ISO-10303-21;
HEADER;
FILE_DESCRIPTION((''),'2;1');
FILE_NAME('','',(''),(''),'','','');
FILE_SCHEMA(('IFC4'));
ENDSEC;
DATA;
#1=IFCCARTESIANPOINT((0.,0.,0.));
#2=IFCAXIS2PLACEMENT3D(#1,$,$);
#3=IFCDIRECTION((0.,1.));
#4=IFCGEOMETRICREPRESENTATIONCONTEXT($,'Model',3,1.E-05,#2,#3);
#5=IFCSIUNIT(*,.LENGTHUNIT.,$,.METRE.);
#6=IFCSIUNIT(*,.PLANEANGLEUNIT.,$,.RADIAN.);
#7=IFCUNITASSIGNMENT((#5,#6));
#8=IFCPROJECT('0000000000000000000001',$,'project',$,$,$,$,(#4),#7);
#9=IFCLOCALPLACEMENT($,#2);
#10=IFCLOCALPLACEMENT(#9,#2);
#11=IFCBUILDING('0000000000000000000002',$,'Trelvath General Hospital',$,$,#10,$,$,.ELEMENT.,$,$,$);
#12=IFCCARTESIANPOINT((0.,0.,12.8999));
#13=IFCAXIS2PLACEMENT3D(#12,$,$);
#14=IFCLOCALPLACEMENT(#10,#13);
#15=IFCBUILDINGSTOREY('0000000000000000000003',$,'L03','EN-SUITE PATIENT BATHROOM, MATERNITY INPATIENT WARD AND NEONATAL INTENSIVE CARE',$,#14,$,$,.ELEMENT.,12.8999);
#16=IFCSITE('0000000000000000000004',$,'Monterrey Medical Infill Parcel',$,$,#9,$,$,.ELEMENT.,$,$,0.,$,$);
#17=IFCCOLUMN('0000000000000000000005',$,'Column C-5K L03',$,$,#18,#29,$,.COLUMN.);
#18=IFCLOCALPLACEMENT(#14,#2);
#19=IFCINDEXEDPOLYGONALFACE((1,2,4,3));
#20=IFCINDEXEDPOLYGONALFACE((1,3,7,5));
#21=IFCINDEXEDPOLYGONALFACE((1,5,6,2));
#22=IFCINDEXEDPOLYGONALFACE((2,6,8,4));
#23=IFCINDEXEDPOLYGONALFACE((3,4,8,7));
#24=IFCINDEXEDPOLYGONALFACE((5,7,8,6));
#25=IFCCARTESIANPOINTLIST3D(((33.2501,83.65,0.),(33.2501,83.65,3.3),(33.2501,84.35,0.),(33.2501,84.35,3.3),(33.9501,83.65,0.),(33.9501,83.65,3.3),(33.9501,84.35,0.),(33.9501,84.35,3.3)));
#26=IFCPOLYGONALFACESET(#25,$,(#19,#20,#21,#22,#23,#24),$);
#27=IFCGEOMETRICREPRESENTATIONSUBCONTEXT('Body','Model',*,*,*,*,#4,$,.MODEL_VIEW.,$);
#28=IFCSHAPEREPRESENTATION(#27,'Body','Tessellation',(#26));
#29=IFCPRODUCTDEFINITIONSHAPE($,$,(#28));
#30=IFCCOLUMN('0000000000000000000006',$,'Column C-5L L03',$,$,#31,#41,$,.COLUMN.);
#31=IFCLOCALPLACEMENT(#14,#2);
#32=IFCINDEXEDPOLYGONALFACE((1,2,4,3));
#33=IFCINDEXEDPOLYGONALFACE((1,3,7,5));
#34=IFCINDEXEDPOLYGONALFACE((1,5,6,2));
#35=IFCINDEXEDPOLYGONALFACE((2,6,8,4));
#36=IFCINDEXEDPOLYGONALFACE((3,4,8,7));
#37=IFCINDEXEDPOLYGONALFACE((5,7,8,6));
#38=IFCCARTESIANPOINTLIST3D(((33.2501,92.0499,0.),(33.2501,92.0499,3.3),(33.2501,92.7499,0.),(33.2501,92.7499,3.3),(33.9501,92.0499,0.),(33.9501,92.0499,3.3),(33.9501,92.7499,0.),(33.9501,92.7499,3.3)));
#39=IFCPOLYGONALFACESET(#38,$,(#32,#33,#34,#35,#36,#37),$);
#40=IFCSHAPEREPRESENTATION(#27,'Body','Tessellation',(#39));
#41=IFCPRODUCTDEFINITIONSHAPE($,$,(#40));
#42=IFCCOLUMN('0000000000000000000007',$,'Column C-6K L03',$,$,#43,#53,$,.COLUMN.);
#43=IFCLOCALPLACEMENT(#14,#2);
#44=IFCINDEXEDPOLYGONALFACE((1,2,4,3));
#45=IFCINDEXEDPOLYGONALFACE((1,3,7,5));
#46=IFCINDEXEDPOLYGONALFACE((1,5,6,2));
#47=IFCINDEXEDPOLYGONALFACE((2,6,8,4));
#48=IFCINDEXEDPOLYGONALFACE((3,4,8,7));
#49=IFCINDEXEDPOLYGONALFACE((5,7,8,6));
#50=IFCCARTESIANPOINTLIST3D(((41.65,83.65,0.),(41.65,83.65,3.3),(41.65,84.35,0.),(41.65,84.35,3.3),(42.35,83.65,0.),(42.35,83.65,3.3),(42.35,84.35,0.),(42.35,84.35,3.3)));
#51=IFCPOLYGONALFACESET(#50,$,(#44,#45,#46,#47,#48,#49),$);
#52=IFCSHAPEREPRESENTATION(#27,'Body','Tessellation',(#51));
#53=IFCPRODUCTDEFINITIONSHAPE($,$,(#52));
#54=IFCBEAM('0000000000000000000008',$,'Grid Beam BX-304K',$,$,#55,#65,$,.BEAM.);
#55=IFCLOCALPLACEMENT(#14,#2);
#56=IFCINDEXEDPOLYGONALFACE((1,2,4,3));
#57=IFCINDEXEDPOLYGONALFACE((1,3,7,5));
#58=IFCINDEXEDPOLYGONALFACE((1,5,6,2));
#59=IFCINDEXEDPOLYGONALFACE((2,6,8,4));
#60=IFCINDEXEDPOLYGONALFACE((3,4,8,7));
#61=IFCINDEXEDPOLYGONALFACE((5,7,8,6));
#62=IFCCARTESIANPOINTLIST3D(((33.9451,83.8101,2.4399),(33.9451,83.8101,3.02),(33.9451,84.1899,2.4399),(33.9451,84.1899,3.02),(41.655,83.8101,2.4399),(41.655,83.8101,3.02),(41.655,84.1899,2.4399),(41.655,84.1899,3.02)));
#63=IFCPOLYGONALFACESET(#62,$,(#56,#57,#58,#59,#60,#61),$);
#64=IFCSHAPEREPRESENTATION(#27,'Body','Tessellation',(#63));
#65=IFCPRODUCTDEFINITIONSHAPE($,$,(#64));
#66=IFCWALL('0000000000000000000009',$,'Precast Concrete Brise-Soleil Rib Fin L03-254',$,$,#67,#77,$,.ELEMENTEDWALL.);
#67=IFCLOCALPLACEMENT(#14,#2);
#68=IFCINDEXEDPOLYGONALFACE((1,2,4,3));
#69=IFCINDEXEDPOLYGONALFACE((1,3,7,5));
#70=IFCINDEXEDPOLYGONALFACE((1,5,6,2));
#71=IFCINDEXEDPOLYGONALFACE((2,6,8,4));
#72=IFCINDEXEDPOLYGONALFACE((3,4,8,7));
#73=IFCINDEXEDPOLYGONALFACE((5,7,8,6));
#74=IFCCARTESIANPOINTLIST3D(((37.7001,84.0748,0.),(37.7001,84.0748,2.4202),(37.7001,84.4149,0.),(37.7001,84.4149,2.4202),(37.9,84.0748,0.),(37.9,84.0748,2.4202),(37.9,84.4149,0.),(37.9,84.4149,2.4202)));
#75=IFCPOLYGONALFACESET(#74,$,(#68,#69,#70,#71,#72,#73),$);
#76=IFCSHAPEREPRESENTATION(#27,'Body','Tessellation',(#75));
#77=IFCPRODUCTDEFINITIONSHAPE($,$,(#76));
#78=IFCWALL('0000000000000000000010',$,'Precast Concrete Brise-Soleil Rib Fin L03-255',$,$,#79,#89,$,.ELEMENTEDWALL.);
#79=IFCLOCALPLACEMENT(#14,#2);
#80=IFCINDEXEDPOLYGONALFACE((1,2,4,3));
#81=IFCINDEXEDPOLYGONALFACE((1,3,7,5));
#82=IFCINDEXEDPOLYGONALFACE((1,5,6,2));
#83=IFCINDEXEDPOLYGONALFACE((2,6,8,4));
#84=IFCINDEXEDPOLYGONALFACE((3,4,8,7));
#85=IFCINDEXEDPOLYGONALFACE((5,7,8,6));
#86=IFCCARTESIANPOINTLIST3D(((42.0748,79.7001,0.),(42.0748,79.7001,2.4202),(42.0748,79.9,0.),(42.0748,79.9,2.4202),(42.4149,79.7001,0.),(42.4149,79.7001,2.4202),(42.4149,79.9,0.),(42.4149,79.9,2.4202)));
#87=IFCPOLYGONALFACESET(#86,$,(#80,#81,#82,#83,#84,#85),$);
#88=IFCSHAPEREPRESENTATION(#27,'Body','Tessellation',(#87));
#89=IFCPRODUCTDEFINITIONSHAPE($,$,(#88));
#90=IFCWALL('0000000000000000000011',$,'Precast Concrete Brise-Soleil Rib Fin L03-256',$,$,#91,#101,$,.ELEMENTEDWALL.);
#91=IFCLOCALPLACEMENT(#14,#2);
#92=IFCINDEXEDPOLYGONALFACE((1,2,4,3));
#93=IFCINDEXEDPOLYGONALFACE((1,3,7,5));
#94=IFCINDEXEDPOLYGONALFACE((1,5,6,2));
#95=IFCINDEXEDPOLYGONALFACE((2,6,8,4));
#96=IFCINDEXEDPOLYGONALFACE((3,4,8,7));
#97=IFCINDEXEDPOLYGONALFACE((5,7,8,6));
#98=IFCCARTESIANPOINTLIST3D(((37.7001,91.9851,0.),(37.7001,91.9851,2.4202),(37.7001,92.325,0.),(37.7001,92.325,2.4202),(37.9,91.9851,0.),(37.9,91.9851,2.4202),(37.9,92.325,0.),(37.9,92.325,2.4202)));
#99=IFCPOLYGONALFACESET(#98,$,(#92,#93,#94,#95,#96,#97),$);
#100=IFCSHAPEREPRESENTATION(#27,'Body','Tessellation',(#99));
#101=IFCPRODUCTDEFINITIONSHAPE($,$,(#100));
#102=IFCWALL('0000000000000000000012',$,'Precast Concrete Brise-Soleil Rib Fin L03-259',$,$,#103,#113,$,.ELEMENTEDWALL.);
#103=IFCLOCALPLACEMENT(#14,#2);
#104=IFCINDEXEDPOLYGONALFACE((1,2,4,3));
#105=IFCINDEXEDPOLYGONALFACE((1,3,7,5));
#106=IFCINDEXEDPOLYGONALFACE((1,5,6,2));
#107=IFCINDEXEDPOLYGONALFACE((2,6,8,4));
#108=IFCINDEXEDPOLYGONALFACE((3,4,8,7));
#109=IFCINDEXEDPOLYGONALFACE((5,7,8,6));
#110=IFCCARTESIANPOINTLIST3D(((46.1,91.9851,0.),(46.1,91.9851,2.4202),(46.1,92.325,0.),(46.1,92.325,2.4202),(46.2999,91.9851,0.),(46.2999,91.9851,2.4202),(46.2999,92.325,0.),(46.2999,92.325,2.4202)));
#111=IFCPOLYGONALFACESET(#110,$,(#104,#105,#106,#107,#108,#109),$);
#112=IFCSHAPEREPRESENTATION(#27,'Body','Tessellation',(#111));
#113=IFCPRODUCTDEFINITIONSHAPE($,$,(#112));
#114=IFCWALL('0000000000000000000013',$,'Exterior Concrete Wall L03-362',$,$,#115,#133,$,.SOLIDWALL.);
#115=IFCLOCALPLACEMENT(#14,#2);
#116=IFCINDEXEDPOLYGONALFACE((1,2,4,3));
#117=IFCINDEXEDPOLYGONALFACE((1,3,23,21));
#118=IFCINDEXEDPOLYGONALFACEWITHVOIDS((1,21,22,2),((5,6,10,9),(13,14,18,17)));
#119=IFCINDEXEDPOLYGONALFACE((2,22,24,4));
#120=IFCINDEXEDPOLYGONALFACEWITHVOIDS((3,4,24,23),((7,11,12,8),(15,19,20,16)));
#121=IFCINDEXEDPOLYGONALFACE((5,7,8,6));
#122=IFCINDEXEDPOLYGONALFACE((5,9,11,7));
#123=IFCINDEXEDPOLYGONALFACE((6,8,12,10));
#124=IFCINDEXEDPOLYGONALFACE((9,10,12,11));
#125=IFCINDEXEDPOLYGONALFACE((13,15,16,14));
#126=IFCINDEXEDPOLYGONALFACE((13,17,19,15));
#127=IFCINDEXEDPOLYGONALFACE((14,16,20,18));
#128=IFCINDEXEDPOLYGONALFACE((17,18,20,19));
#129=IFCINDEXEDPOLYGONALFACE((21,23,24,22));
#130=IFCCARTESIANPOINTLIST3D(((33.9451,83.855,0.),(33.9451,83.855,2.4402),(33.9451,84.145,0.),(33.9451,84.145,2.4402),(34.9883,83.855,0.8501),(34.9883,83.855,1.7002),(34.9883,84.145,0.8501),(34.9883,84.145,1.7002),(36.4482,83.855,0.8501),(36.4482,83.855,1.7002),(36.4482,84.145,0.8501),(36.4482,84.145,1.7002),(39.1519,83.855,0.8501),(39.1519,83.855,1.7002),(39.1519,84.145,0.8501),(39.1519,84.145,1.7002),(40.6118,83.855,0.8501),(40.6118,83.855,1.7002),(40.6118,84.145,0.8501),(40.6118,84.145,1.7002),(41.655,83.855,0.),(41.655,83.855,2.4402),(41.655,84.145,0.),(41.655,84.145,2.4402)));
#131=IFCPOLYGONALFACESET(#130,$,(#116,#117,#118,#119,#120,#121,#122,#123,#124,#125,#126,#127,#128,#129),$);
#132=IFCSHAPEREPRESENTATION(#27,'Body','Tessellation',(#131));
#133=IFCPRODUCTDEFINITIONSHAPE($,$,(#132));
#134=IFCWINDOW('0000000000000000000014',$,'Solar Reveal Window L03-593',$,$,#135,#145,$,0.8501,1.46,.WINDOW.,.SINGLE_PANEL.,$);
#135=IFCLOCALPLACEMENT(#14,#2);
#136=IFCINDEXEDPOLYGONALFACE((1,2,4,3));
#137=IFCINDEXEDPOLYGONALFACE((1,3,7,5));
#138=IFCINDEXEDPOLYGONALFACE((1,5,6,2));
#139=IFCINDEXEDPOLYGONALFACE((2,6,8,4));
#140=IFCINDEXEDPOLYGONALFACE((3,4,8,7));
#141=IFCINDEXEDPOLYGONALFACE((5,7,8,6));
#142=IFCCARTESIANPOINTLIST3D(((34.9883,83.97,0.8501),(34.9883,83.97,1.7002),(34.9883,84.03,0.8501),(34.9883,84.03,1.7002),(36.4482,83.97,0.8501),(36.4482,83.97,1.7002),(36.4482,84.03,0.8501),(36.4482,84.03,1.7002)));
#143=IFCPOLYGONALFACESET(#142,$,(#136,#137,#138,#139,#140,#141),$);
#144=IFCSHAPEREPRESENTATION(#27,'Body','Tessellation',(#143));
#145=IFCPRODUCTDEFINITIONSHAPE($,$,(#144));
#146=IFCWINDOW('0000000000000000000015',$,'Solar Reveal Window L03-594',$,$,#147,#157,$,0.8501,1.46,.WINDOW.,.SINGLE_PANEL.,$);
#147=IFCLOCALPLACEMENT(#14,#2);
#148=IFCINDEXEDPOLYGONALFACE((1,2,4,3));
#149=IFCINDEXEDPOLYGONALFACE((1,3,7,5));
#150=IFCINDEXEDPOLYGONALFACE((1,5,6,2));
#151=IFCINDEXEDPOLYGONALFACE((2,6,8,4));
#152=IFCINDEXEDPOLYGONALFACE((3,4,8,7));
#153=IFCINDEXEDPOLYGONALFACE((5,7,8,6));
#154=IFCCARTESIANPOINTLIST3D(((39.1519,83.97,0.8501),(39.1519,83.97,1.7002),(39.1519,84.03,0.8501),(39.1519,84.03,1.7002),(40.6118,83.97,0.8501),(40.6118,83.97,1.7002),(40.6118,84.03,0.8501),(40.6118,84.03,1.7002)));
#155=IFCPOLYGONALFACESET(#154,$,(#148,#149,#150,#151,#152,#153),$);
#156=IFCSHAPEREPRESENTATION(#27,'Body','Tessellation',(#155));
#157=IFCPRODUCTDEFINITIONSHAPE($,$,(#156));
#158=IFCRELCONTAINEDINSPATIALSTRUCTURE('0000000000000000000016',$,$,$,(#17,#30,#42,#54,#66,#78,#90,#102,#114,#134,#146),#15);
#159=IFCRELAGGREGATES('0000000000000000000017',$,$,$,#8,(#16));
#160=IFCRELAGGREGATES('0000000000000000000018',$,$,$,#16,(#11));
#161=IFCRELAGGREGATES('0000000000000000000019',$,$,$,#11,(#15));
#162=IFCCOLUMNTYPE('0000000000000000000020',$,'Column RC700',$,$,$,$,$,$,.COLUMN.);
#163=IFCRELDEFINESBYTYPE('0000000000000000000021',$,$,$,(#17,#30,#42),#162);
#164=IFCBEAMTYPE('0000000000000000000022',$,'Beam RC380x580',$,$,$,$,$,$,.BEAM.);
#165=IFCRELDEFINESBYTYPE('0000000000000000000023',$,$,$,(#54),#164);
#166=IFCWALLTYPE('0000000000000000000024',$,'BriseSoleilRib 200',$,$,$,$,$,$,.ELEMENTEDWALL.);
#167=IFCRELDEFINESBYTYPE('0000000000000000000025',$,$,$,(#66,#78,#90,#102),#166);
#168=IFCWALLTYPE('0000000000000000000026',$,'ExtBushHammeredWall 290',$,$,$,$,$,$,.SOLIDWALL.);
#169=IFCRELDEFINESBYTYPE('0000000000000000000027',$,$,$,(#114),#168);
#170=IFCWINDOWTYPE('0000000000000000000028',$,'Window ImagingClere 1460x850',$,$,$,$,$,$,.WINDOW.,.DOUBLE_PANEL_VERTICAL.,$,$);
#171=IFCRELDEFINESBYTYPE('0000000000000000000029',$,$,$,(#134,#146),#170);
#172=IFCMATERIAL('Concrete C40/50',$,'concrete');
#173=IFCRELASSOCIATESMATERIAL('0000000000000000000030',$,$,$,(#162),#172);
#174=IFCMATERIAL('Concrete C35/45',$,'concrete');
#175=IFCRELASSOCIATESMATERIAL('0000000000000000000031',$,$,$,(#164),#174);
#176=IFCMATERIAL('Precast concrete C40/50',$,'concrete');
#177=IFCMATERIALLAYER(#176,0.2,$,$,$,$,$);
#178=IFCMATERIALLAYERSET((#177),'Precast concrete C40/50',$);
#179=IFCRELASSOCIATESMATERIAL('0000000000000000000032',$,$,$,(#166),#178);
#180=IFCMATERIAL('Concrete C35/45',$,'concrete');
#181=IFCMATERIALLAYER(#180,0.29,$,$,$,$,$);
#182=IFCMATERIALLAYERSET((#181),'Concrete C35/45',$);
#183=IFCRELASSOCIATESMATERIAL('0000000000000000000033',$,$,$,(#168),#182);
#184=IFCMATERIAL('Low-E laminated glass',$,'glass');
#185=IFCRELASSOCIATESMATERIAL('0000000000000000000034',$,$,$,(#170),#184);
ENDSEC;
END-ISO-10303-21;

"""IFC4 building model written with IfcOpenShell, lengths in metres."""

from ifc_helpers import new_model, si_unit, direction, frame, frame_2d, origin, origin_2d, place, context, subcontext, project, spatial, rectangle, extrude, material, layer, layer_set, material_profile, profile_set, type_object, element, fill, save


model = new_model("IFC4")

# Units and contexts
model_context = context("Model", 3, precision=1e-05, world=origin(), true_north=direction((0.0, 1.0)))
body_context = subcontext(model_context, "Body", "Model", "MODEL_VIEW")
ifc_project = project(units=[si_unit("LENGTHUNIT", "METRE"), si_unit("PLANEANGLEUNIT", "RADIAN")], contexts=[model_context])

# Site, building, storey
site_placement = place(None, origin())
site = spatial("IfcSite", under=ifc_project, at=site_placement, Name="Monterrey Medical Infill Parcel", CompositionType="ELEMENT", RefElevation=0.0)
building_placement = place(site_placement, origin())
building = spatial("IfcBuilding", under=site, at=building_placement, Name="Trelvath General Hospital", CompositionType="ELEMENT")
storey_placement = place(building_placement, frame((0.0, 0.0, 12.8999)))
storey = spatial("IfcBuildingStorey", under=building, at=storey_placement, Name="L03", Description="EN-SUITE PATIENT BATHROOM, MATERNITY INPATIENT WARD AND NEONATAL INTENSIVE CARE", CompositionType="ELEMENT", Elevation=12.8999)

# Columns
ifc_material_1 = material(Name="Concrete C40/50", Category="concrete")
ifc_material_profile_1 = material_profile(ifc_material_1, rectangle(XDim=0.7, YDim=0.7, at=origin_2d()), Name="RC700x700")
ifc_profile_set_1 = profile_set([ifc_material_profile_1], Name="Concrete C40/50")
column_type = type_object("IfcColumnType", Name="Column RC700", PredefinedType="COLUMN", material=ifc_profile_set_1)
for number, where, z_axis, x_axis, name in (
    (1, (33.6001, 84.0, 0.0), (0.0, 0.0, 1.0), (1.0, 0.0, 0.0), "Column C-5K L03"),
    (2, (33.6001, 92.3999, 0.0), (0.0, 0.0, 1.0), (1.0, 0.0, 0.0), "Column C-5L L03"),
    (3, (42.0, 84.0, 0.0), (0.0, 0.0, 1.0), (1.0, 0.0, 0.0), "Column C-6K L03"),
):
    element("IfcColumn", number, at=place(storey_placement, frame(where, z_axis=z_axis, x_axis=x_axis)), inside=storey, type_object=column_type, Name=name, PredefinedType="COLUMN", context=body_context, shape_type="SweptSolid", body=[
        extrude(rectangle(XDim=0.7, YDim=0.7, at=origin_2d()), origin(), (0.0, 0.0, 1.0), 3.3),
    ])

# Beam
ifc_material_2 = material(Name="Concrete C35/45", Category="concrete")
ifc_material_profile_2 = material_profile(ifc_material_2, rectangle(XDim=0.3799, YDim=0.5801, at=origin_2d()), Name="RCB380x580")
ifc_profile_set_2 = profile_set([ifc_material_profile_2], Name="Concrete C35/45")
beam_type = type_object("IfcBeamType", Name="Beam RC380x580", PredefinedType="BEAM", material=ifc_profile_set_2)
beam_placement = place(storey_placement, frame((33.9451, 84.0, 2.73), z_axis=(1.0, 0.0, 0.0), x_axis=(0.0, 1.0, 0.0)))
element("IfcBeam", 4, at=beam_placement, inside=storey, type_object=beam_type, Name="Grid Beam BX-304K", PredefinedType="BEAM", context=body_context, shape_type="SweptSolid", body=[
    extrude(rectangle(XDim=0.3799, YDim=0.5801, at=origin_2d()), origin(), (0.0, 0.0, 1.0), 7.71),
])

# Walls
ifc_material_3 = material(Name="Precast concrete C40/50", Category="concrete")
ifc_layer_1 = layer(ifc_material_3, 0.2)
ifc_layer_set_1 = layer_set([ifc_layer_1], Name="Precast concrete C40/50")
wall_type_1 = type_object("IfcWallType", Name="BriseSoleilRib 200", PredefinedType="ELEMENTEDWALL", material=ifc_layer_set_1)
for number, where, z_axis, x_axis, name in (
    (5, (37.8, 84.075, 0.0), (0.0, 0.0, 1.0), (0.0, 1.0, 0.0), "Precast Concrete Brise-Soleil Rib Fin L03-254"),
    (6, (42.075, 79.8, 0.0), (0.0, 0.0, 1.0), (1.0, 0.0, 0.0), "Precast Concrete Brise-Soleil Rib Fin L03-255"),
):
    element("IfcWall", number, at=place(storey_placement, frame(where, z_axis=z_axis, x_axis=x_axis)), inside=storey, type_object=wall_type_1, Name=name, PredefinedType="ELEMENTEDWALL", context=body_context, shape_type="SweptSolid", body=[
        extrude(rectangle(XDim=0.3401, YDim=0.2, at=frame_2d((0.1699, 0.0))), origin(), (0.0, 0.0, 1.0), 2.4202),
    ])
for number, where, z_axis, x_axis, name in (
    (7, (37.8, 92.325, 0.0), (0.0, 0.0, 1.0), (0.0, -1.0, 0.0), "Precast Concrete Brise-Soleil Rib Fin L03-256"),
    (8, (46.2, 92.325, 0.0), (0.0, 0.0, 1.0), (0.0, -1.0, 0.0), "Precast Concrete Brise-Soleil Rib Fin L03-259"),
):
    element("IfcWall", number, at=place(storey_placement, frame(where, z_axis=z_axis, x_axis=x_axis)), inside=storey, type_object=wall_type_1, Name=name, PredefinedType="ELEMENTEDWALL", context=body_context, shape_type="SweptSolid", body=[
        extrude(rectangle(XDim=0.3398, YDim=0.2, at=frame_2d((0.1699, 0.0))), origin(), (0.0, 0.0, 1.0), 2.4202),
    ])

# Wall, openings, windows
ifc_material_4 = material(Name="Concrete C35/45", Category="concrete")
ifc_layer_2 = layer(ifc_material_4, 0.29)
ifc_layer_set_2 = layer_set([ifc_layer_2], Name="Concrete C35/45")
wall_type_2 = type_object("IfcWallType", Name="ExtBushHammeredWall 290", PredefinedType="SOLIDWALL", material=ifc_layer_set_2)
wall_1_placement = place(storey_placement, frame((33.9451, 84.0, 0.0), z_axis=(0.0, 0.0, 1.0), x_axis=(1.0, 0.0, 0.0)))
wall_1 = element("IfcWall", 9, at=wall_1_placement, inside=storey, type_object=wall_type_2, Name="Exterior Concrete Wall L03-362", PredefinedType="SOLIDWALL", context=body_context, shape_type="SweptSolid", body=[
    extrude(rectangle(XDim=7.71, YDim=0.29, at=frame_2d((3.855, 0.0))), origin(), (0.0, 0.0, 1.0), 2.4402),
])
opening_1_placement = place(wall_1_placement, frame((1.0432, 0.0, 0.8501)))
opening_1 = element("IfcOpeningElement", 10, at=opening_1_placement, cuts=wall_1, PredefinedType="OPENING", context=body_context, shape_type="SweptSolid", body=[
    extrude(rectangle(XDim=1.46, YDim=0.8501, at=frame_2d((0.73, 0.425))), frame((0.0, 0.155, 0.0), z_axis=(0.0, -1.0, 0.0), x_axis=(1.0, 0.0, 0.0)), (0.0, 0.0, 1.0), 0.3101),
])
opening_2_placement = place(wall_1_placement, frame((5.2068, 0.0, 0.8501)))
opening_2 = element("IfcOpeningElement", 11, at=opening_2_placement, cuts=wall_1, PredefinedType="OPENING", context=body_context, shape_type="SweptSolid", body=[
    extrude(rectangle(XDim=1.46, YDim=0.8501, at=frame_2d((0.73, 0.425))), frame((0.0, 0.155, 0.0), z_axis=(0.0, -1.0, 0.0), x_axis=(1.0, 0.0, 0.0)), (0.0, 0.0, 1.0), 0.3101),
])
ifc_material_5 = material(Name="Low-E laminated glass", Category="glass")
window_type = type_object("IfcWindowType", Name="Window ImagingClere 1460x850", PartitioningType="DOUBLE_PANEL_VERTICAL", PredefinedType="WINDOW", material=ifc_material_5)
window_1_placement = place(opening_1_placement, origin())
window_1 = element("IfcWindow", 12, at=window_1_placement, inside=storey, type_object=window_type, Name="Solar Reveal Window L03-593", OverallHeight=0.8501, OverallWidth=1.46, PartitioningType="SINGLE_PANEL", PredefinedType="WINDOW", context=body_context, shape_type="SweptSolid", body=[
    extrude(rectangle(XDim=1.46, YDim=0.8501, at=frame_2d((0.73, 0.425))), frame((0.0, 0.03, 0.0), z_axis=(0.0, -1.0, 0.0), x_axis=(1.0, 0.0, 0.0)), (0.0, 0.0, 1.0), 0.0601),
])
fill(opening_1, window_1)
window_2_placement = place(opening_2_placement, origin())
window_2 = element("IfcWindow", 13, at=window_2_placement, inside=storey, type_object=window_type, Name="Solar Reveal Window L03-594", OverallHeight=0.8501, OverallWidth=1.46, PartitioningType="SINGLE_PANEL", PredefinedType="WINDOW", context=body_context, shape_type="SweptSolid", body=[
    extrude(rectangle(XDim=1.46, YDim=0.8501, at=frame_2d((0.73, 0.425))), frame((0.0, 0.03, 0.0), z_axis=(0.0, -1.0, 0.0), x_axis=(1.0, 0.0, 0.0)), (0.0, 0.0, 1.0), 0.0601),
])
fill(opening_2, window_2)

save(model, "model.ifc")
